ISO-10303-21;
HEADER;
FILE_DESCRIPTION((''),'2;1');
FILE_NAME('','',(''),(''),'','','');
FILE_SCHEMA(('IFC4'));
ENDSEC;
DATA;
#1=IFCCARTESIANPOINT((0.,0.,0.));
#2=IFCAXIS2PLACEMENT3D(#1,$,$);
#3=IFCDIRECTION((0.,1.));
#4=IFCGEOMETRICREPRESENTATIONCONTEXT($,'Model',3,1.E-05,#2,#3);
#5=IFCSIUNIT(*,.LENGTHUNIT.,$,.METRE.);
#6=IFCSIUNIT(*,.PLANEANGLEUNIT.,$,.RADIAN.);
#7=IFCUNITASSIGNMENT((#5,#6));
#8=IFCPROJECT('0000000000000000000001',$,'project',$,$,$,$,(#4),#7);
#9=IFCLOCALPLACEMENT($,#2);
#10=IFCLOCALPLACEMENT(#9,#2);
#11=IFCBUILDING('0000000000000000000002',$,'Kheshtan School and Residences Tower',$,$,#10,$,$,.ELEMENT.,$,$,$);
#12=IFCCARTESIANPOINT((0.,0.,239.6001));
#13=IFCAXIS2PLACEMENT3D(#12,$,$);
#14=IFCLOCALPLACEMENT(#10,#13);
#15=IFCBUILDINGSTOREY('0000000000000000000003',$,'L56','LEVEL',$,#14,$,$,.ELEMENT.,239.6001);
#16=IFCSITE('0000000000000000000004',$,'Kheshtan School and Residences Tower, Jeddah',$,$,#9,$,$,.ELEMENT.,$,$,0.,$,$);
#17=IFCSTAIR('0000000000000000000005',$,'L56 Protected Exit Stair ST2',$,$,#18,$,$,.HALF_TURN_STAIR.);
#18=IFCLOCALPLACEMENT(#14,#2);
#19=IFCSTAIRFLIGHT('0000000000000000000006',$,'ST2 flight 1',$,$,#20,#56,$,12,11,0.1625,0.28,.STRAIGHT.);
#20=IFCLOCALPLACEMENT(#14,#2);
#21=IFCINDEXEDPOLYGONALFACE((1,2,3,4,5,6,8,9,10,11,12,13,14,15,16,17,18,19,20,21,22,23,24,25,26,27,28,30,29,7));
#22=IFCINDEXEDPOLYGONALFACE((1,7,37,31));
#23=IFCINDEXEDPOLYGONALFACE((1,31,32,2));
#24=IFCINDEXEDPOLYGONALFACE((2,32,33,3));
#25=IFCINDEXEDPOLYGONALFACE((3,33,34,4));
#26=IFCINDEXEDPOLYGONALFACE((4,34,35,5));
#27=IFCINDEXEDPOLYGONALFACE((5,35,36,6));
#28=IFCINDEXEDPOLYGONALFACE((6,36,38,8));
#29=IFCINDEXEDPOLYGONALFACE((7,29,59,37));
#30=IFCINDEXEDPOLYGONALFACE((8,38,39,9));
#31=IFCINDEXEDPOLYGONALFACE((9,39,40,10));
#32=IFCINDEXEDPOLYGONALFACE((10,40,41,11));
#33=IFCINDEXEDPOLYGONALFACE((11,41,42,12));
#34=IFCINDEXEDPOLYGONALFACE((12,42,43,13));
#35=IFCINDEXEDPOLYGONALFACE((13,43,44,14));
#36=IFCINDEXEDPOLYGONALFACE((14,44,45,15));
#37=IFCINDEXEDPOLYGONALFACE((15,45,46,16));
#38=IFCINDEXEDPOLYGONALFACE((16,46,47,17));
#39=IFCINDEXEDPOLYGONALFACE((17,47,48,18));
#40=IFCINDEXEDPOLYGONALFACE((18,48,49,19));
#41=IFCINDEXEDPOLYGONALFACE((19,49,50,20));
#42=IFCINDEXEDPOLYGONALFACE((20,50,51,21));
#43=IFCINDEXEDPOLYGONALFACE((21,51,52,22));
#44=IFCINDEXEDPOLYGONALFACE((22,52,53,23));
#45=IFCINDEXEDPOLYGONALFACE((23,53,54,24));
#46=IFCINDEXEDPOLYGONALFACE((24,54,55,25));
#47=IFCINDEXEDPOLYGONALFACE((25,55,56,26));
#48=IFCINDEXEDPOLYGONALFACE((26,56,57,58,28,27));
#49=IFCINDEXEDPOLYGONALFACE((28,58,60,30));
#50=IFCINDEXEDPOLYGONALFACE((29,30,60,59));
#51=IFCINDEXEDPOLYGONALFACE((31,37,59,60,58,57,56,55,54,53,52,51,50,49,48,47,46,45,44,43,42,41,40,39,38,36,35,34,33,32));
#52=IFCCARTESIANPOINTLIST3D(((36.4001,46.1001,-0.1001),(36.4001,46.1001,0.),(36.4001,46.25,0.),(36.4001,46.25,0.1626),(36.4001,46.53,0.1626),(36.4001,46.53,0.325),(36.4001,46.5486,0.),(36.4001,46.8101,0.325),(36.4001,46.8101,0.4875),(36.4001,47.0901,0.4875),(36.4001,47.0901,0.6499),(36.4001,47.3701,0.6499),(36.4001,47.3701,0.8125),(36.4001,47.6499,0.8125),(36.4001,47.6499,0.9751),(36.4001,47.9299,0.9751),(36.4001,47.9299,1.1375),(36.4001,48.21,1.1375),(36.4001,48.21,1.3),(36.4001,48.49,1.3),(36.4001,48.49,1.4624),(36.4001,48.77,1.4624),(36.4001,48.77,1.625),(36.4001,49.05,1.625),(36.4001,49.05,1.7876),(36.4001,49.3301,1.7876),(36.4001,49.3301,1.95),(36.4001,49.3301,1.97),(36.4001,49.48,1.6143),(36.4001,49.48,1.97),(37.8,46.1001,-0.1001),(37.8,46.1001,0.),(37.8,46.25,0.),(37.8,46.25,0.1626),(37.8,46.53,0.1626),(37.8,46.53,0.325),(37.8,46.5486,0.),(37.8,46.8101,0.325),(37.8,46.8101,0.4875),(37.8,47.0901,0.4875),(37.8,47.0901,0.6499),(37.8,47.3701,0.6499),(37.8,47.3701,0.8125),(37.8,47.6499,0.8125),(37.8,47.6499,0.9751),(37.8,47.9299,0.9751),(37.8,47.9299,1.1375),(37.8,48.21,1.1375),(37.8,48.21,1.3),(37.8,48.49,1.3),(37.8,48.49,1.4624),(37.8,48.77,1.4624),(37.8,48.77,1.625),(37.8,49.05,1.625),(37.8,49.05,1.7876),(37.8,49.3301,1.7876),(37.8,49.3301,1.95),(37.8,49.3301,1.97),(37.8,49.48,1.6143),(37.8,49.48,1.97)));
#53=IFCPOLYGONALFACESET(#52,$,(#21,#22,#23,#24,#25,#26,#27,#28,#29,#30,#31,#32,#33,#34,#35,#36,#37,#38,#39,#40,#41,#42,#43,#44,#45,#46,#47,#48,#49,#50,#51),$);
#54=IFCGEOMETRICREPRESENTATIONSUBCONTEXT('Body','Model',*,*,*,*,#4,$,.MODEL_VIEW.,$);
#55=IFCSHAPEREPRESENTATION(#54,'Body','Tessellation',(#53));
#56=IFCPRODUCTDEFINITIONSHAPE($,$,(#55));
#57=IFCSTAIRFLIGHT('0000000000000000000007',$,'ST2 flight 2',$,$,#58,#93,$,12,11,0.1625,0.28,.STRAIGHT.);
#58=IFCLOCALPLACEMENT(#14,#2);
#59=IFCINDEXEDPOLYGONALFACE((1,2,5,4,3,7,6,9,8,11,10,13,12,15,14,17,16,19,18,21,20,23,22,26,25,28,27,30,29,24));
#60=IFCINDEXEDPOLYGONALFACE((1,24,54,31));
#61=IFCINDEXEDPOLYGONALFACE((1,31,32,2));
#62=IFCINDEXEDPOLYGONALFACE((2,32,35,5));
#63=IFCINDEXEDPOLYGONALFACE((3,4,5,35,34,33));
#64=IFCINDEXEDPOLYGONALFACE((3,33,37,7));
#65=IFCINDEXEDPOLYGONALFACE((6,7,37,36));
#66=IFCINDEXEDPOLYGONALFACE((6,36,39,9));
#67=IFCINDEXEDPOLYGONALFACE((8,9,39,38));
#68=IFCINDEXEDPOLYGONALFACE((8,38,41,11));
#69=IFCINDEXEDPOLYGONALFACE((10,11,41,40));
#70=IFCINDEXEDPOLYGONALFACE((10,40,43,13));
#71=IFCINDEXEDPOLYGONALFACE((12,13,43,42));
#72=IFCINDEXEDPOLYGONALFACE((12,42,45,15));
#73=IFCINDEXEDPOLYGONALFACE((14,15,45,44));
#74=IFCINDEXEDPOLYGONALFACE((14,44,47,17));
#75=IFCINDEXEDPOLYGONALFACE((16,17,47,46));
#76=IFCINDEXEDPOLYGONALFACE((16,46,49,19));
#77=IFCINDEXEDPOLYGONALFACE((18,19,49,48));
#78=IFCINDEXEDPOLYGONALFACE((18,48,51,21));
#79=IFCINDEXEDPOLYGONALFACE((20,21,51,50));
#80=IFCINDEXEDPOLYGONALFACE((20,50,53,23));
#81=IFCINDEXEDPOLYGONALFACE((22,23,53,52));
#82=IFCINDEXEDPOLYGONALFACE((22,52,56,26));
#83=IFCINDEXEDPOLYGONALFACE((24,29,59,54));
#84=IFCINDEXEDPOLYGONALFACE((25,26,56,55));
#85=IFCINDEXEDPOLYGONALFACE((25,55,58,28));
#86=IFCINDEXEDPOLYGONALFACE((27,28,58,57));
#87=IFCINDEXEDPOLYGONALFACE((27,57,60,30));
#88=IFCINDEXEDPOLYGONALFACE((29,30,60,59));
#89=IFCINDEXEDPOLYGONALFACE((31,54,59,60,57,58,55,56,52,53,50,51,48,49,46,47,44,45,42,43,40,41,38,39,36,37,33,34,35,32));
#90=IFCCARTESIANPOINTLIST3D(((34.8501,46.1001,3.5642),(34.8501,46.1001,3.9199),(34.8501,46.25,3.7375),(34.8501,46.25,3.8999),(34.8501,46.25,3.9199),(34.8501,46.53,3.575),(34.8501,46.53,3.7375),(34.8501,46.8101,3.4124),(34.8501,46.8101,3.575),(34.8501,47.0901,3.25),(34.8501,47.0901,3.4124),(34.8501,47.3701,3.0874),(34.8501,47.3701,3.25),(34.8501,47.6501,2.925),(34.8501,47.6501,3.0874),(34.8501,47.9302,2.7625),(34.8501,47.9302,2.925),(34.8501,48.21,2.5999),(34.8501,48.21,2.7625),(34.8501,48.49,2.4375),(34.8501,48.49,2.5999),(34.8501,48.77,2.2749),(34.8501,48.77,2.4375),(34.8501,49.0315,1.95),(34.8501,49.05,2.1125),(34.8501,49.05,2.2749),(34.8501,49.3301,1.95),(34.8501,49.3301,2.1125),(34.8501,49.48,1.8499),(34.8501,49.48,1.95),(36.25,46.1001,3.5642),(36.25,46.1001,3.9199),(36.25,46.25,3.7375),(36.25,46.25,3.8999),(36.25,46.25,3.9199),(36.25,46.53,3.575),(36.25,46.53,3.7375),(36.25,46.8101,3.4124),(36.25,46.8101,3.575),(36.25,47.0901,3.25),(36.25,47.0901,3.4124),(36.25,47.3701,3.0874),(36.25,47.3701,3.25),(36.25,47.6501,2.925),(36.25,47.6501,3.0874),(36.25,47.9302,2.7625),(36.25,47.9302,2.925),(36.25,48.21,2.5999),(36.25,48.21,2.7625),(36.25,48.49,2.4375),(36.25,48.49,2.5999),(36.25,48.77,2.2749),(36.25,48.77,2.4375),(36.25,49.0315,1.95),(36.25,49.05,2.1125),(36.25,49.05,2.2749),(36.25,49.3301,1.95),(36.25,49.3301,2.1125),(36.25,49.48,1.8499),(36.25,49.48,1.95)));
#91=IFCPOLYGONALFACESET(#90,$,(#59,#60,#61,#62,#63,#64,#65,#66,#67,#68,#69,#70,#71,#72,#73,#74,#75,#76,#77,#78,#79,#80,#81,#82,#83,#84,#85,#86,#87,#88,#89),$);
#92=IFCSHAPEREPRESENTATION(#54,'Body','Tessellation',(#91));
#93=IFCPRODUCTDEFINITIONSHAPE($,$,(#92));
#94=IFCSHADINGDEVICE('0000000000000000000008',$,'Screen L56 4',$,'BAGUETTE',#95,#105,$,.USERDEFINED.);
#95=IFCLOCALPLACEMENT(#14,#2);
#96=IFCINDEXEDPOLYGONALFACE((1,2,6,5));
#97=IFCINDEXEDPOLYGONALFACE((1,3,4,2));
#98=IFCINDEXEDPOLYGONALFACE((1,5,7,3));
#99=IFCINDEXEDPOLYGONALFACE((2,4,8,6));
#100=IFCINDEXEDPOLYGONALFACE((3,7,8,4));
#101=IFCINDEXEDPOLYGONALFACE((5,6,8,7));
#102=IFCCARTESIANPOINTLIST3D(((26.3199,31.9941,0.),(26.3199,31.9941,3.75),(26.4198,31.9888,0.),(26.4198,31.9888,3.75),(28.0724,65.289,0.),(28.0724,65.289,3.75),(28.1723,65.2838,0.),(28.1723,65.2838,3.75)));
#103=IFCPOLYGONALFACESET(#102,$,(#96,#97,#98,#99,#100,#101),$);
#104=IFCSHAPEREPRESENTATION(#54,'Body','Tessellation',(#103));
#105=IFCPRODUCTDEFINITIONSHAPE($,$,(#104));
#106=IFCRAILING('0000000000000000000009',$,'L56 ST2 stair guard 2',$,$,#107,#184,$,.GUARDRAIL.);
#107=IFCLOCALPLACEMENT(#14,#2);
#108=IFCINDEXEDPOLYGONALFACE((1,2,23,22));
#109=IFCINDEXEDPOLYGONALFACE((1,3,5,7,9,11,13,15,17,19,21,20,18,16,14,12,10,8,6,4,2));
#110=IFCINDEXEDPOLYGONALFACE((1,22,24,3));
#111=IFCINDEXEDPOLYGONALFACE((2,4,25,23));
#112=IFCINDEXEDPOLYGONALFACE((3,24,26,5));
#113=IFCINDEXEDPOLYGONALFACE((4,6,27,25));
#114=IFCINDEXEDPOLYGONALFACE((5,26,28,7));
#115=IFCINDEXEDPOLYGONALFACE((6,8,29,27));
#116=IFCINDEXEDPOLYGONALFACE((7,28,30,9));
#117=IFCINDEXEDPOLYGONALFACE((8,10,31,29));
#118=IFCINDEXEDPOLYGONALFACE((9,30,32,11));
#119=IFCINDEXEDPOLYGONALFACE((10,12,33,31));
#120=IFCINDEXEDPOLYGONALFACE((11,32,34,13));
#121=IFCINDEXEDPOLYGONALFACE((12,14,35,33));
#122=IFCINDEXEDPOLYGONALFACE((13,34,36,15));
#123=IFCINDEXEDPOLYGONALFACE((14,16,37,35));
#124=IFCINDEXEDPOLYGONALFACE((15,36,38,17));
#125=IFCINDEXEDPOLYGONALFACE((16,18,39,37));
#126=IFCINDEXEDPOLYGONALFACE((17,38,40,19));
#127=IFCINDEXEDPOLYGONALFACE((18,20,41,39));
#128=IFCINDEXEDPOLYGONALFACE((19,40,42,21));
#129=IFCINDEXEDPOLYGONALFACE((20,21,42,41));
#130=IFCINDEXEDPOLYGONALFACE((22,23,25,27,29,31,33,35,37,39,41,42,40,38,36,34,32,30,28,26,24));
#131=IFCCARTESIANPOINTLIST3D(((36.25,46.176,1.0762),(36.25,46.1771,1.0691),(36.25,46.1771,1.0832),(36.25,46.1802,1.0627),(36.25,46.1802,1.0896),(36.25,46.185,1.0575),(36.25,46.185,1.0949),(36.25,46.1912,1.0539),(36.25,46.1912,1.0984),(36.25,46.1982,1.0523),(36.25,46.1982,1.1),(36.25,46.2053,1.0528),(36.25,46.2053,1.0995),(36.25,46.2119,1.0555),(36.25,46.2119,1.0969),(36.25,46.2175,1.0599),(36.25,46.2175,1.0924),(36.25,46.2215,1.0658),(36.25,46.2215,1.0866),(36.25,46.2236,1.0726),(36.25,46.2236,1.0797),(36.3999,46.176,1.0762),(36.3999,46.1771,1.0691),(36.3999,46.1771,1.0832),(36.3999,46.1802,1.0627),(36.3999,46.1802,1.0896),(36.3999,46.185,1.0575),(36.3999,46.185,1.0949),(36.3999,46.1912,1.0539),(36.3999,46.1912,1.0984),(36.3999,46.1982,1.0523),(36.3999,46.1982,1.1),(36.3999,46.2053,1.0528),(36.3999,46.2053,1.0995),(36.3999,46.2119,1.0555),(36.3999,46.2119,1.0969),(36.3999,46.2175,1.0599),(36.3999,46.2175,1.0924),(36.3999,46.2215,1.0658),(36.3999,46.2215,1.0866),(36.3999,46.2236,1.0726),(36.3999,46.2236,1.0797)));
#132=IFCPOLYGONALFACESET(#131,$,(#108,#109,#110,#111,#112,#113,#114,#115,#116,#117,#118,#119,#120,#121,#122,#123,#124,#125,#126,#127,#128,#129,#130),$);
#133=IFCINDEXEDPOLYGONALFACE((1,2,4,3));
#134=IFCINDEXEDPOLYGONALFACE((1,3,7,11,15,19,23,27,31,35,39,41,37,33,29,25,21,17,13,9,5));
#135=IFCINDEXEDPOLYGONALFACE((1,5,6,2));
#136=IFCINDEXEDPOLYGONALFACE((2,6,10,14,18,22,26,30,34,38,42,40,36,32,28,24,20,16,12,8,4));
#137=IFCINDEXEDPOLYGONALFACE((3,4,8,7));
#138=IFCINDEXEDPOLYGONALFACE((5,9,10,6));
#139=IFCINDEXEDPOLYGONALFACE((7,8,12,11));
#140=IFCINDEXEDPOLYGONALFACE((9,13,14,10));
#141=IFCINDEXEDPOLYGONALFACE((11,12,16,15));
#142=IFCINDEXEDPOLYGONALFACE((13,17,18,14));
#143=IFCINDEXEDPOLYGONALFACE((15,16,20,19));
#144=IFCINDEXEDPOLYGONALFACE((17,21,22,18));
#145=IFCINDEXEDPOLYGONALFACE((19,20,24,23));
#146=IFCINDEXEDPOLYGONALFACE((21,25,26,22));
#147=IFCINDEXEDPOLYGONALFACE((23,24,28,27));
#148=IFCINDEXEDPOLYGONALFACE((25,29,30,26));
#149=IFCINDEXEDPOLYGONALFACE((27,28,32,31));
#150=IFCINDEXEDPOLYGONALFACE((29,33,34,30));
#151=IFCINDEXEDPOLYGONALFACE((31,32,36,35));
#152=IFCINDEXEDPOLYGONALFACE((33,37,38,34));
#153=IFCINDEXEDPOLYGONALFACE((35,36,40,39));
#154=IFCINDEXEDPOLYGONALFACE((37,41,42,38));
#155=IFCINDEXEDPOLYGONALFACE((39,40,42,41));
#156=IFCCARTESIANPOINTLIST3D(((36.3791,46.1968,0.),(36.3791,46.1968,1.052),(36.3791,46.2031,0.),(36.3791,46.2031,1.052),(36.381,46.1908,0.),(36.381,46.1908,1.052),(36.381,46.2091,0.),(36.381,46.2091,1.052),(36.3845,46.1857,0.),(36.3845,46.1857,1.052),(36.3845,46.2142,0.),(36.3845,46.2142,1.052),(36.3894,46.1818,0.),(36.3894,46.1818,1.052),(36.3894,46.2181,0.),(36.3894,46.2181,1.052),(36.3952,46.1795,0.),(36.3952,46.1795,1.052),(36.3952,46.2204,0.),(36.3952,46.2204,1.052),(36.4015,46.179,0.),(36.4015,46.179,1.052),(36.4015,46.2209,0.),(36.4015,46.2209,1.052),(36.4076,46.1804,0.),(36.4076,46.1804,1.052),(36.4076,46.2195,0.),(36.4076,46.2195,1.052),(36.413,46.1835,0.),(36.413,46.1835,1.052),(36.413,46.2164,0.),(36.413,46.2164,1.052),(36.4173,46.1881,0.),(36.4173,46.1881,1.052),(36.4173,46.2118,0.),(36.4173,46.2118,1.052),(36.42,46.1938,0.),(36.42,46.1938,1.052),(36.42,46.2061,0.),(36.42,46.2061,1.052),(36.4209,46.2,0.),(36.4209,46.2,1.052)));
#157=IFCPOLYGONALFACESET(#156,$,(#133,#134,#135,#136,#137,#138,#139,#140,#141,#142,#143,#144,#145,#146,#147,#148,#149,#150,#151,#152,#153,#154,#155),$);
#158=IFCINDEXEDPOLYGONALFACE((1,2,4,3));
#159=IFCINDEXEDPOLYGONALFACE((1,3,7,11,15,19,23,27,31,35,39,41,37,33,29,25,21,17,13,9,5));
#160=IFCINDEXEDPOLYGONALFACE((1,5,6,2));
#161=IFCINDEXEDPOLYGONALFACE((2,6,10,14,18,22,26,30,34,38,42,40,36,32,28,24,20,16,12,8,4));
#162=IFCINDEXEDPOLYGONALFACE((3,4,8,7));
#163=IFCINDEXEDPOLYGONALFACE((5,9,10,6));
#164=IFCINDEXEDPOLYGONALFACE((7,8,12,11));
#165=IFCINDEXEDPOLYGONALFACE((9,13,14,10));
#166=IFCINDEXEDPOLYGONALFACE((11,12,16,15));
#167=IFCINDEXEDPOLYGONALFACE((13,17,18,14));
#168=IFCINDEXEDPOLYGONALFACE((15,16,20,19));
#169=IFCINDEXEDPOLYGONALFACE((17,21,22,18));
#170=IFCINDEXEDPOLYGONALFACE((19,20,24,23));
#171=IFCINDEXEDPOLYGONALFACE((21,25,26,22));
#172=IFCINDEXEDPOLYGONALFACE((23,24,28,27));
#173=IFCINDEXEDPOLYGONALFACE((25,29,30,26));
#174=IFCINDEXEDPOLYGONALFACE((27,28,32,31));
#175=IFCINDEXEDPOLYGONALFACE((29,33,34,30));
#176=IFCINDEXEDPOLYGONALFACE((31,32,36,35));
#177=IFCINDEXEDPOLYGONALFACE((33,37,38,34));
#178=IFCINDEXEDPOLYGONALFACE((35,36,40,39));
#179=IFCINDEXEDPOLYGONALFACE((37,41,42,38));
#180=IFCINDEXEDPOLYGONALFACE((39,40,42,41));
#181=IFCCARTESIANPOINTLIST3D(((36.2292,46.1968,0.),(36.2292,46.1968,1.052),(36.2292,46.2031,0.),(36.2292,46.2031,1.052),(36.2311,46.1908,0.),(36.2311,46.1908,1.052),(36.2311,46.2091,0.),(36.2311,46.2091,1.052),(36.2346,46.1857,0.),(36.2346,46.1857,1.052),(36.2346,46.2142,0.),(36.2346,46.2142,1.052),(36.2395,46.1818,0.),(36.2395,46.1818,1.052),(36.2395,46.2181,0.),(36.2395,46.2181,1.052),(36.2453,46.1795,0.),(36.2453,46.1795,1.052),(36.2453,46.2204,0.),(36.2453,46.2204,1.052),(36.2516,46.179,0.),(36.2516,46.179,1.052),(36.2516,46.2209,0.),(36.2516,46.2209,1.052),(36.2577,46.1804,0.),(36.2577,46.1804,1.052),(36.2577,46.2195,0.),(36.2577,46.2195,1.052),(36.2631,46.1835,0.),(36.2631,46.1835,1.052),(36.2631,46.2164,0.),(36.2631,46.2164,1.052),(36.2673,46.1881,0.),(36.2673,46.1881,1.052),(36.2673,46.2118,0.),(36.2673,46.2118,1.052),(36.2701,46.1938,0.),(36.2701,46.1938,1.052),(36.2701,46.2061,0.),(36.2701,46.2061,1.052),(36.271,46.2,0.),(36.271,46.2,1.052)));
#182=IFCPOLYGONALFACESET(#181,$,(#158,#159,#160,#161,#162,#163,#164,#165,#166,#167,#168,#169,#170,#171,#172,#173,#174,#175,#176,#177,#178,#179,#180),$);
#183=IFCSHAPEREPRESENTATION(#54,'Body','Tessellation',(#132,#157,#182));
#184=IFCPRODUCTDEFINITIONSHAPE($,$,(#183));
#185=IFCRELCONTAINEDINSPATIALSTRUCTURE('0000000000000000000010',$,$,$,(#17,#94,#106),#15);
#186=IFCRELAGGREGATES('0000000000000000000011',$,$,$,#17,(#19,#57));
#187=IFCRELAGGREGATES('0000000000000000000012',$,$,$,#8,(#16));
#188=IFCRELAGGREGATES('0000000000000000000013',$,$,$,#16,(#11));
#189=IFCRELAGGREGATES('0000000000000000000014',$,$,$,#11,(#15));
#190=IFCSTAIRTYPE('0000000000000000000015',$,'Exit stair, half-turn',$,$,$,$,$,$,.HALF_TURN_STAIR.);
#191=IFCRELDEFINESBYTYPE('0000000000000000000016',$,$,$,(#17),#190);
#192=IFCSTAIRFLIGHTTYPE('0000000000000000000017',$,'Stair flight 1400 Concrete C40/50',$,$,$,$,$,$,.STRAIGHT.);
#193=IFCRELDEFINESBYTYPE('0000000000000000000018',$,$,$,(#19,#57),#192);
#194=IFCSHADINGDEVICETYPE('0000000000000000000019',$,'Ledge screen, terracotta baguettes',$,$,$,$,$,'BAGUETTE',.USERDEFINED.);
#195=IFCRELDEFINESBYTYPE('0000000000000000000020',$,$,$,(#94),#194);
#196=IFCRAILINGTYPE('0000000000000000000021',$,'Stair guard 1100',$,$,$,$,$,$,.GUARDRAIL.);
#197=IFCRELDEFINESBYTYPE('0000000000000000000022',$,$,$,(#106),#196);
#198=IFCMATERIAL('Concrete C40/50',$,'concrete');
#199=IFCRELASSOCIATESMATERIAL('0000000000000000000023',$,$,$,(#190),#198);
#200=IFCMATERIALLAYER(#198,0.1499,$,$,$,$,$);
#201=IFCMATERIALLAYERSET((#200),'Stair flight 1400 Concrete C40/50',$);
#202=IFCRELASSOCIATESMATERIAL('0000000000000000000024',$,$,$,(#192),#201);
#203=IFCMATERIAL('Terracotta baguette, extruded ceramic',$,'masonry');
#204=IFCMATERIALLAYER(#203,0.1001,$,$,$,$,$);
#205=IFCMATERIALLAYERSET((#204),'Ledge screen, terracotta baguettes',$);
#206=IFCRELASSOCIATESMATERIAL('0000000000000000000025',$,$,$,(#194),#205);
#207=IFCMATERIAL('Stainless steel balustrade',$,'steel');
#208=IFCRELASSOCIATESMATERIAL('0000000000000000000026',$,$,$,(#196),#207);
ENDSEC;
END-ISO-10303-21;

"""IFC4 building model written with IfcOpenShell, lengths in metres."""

from ifc_helpers import new_model, si_unit, direction, frame, origin, origin_2d, place, context, subcontext, project, spatial, polyline, rectangle, circle, outline, extrude, material, layer, layer_set, type_object, element, aggregate, save


model = new_model("IFC4")

# Units and contexts
model_context = context("Model", 3, precision=1e-05, world=origin(), true_north=direction((0.0, 1.0)))
body_context = subcontext(model_context, "Body", "Model", "MODEL_VIEW")
ifc_project = project(units=[si_unit("LENGTHUNIT", "METRE"), si_unit("PLANEANGLEUNIT", "RADIAN")], contexts=[model_context])

# Site, building, storey
site_placement = place(None, origin())
site = spatial("IfcSite", under=ifc_project, at=site_placement, Name="Kheshtan School and Residences Tower, Jeddah", CompositionType="ELEMENT", RefElevation=0.0)
building_placement = place(site_placement, origin())
building = spatial("IfcBuilding", under=site, at=building_placement, Name="Kheshtan School and Residences Tower", CompositionType="ELEMENT")
storey_placement = place(building_placement, frame((0.0, 0.0, 239.6001)))
storey = spatial("IfcBuildingStorey", under=building, at=storey_placement, Name="L56", Description="LEVEL", CompositionType="ELEMENT", Elevation=239.6001)

# Shared definitions
ifc_material_1 = material(Name="Concrete C40/50", Category="concrete")

# Stair, stair flights
stair_type = type_object("IfcStairType", Name="Exit stair, half-turn", PredefinedType="HALF_TURN_STAIR", material=ifc_material_1)
stair_placement = place(storey_placement, origin())
stair = element("IfcStair", 1, at=stair_placement, inside=storey, type_object=stair_type, Name="L56 Protected Exit Stair ST2", PredefinedType="HALF_TURN_STAIR")
ifc_layer_1 = layer(ifc_material_1, 0.1499)
ifc_layer_set_1 = layer_set([ifc_layer_1], Name="Stair flight 1400 Concrete C40/50")
stair_flight_type = type_object("IfcStairFlightType", Name="Stair flight 1400 Concrete C40/50", PredefinedType="STRAIGHT", material=ifc_layer_set_1)
stair_flight_1_placement = place(storey_placement, frame((37.1001, 46.25, 0.0), z_axis=(0.0, 0.0, 1.0), x_axis=(0.0, 1.0, 0.0)))
stair_flight_1 = element("IfcStairFlight", 2, at=stair_flight_1_placement, type_object=stair_flight_type, Name="ST2 flight 1", NumberOfRisers=12, NumberOfTreads=11, PredefinedType="STRAIGHT", RiserHeight=0.1625, TreadLength=0.28, context=body_context, shape_type="SweptSolid", body=[
    extrude(outline(polyline([(-0.1499, -0.1001), (-0.1499, 0.0), (0.0, 0.0), (0.0, 0.1626), (0.28, 0.1626), (0.28, 0.325), (0.5601, 0.325), (0.5601, 0.4875), (0.8401, 0.4875), (0.8401, 0.6499), (1.1201, 0.6499), (1.1201, 0.8125), (1.3999, 0.8125), (1.3999, 0.9751), (1.6799, 0.9751), (1.6799, 1.1375), (1.96, 1.1375), (1.96, 1.3), (2.24, 1.3), (2.24, 1.4624), (2.52, 1.4624), (2.52, 1.625), (2.8, 1.625), (2.8, 1.7876), (3.0801, 1.7876), (3.0801, 1.95), (3.0801, 1.97), (3.23, 1.97), (3.23, 1.6143), (0.2986, 0.0), (-0.1499, -0.1001)])), frame((0.0, 0.7, 0.0), z_axis=(0.0, -1.0, 0.0), x_axis=(1.0, 0.0, 0.0)), (0.0, 0.0, 1.0), 1.3999),
])
stair_flight_2_placement = place(storey_placement, frame((35.55, 49.3301, 1.95), z_axis=(0.0, 0.0, 1.0), x_axis=(0.0, -1.0, 0.0)))
stair_flight_2 = element("IfcStairFlight", 3, at=stair_flight_2_placement, type_object=stair_flight_type, Name="ST2 flight 2", NumberOfRisers=12, NumberOfTreads=11, PredefinedType="STRAIGHT", RiserHeight=0.1625, TreadLength=0.28, context=body_context, shape_type="SweptSolid", body=[
    extrude(outline(polyline([(-0.1499, -0.1001), (-0.1499, 0.0), (0.0, 0.0), (0.0, 0.1626), (0.28, 0.1626), (0.28, 0.325), (0.5601, 0.325), (0.5601, 0.4875), (0.8401, 0.4875), (0.8401, 0.6499), (1.1201, 0.6499), (1.1201, 0.8125), (1.3999, 0.8125), (1.3999, 0.9751), (1.6799, 0.9751), (1.6799, 1.1375), (1.96, 1.1375), (1.96, 1.3), (2.24, 1.3), (2.24, 1.4624), (2.52, 1.4624), (2.52, 1.625), (2.8, 1.625), (2.8, 1.7876), (3.0801, 1.7876), (3.0801, 1.95), (3.0801, 1.97), (3.23, 1.97), (3.23, 1.6143), (0.2986, 0.0), (-0.1499, -0.1001)])), frame((0.0, 0.7, 0.0), z_axis=(0.0, -1.0, 0.0), x_axis=(1.0, 0.0, 0.0)), (0.0, 0.0, 1.0), 1.3999),
])
aggregate(stair, [stair_flight_1, stair_flight_2])

# Shading device
ifc_material_2 = material(Name="Terracotta baguette, extruded ceramic", Category="masonry")
ifc_layer_2 = layer(ifc_material_2, 0.1001)
ifc_layer_set_2 = layer_set([ifc_layer_2], Name="Ledge screen, terracotta baguettes")
shading_device_type = type_object("IfcShadingDeviceType", Name="Ledge screen, terracotta baguettes", ElementType="BAGUETTE", PredefinedType="USERDEFINED", material=ifc_layer_set_2)
shading_device_placement = place(storey_placement, frame((27.2461, 48.6389, 0.0), z_axis=(0.0, 0.0, 1.0), x_axis=(0.052563, 0.998618, 0.0)))
element("IfcShadingDevice", 4, at=shading_device_placement, inside=storey, type_object=shading_device_type, Name="Screen L56 4", ObjectType="BAGUETTE", PredefinedType="USERDEFINED", context=body_context, shape_type="SweptSolid", body=[
    extrude(rectangle(XDim=33.3411, YDim=0.1001, at=origin_2d()), origin(), (0.0, 0.0, 1.0), 3.75),
])

# Railing
ifc_material_3 = material(Name="Stainless steel balustrade", Category="steel")
railing_type_1 = type_object("IfcRailingType", Name="Stair guard 1100", PredefinedType="GUARDRAIL", material=ifc_material_3)
railing_1_placement = place(storey_placement, frame((36.3999, 46.2, 0.0)))
element("IfcRailing", 5, at=railing_1_placement, inside=storey, type_object=railing_type_1, Name="L56 ST2 stair guard 2", PredefinedType="GUARDRAIL", context=body_context, shape_type="SweptSolid", body=[
    extrude(circle(Radius=0.0239, at=origin_2d()), frame((0.0, 0.0, 1.0762), z_axis=(-1.0, 0.0, 0.0), x_axis=(0.0, -1.0, 0.0)), (0.0, 0.0, 1.0), 0.1499),
    extrude(circle(Radius=0.021, at=origin_2d()), origin(), (0.0, 0.0, 1.0), 1.052),
    extrude(circle(Radius=0.021, at=origin_2d()), frame((-0.1499, 0.0, 0.0)), (0.0, 0.0, 1.0), 1.052),
])

save(model, "model.ifc")
